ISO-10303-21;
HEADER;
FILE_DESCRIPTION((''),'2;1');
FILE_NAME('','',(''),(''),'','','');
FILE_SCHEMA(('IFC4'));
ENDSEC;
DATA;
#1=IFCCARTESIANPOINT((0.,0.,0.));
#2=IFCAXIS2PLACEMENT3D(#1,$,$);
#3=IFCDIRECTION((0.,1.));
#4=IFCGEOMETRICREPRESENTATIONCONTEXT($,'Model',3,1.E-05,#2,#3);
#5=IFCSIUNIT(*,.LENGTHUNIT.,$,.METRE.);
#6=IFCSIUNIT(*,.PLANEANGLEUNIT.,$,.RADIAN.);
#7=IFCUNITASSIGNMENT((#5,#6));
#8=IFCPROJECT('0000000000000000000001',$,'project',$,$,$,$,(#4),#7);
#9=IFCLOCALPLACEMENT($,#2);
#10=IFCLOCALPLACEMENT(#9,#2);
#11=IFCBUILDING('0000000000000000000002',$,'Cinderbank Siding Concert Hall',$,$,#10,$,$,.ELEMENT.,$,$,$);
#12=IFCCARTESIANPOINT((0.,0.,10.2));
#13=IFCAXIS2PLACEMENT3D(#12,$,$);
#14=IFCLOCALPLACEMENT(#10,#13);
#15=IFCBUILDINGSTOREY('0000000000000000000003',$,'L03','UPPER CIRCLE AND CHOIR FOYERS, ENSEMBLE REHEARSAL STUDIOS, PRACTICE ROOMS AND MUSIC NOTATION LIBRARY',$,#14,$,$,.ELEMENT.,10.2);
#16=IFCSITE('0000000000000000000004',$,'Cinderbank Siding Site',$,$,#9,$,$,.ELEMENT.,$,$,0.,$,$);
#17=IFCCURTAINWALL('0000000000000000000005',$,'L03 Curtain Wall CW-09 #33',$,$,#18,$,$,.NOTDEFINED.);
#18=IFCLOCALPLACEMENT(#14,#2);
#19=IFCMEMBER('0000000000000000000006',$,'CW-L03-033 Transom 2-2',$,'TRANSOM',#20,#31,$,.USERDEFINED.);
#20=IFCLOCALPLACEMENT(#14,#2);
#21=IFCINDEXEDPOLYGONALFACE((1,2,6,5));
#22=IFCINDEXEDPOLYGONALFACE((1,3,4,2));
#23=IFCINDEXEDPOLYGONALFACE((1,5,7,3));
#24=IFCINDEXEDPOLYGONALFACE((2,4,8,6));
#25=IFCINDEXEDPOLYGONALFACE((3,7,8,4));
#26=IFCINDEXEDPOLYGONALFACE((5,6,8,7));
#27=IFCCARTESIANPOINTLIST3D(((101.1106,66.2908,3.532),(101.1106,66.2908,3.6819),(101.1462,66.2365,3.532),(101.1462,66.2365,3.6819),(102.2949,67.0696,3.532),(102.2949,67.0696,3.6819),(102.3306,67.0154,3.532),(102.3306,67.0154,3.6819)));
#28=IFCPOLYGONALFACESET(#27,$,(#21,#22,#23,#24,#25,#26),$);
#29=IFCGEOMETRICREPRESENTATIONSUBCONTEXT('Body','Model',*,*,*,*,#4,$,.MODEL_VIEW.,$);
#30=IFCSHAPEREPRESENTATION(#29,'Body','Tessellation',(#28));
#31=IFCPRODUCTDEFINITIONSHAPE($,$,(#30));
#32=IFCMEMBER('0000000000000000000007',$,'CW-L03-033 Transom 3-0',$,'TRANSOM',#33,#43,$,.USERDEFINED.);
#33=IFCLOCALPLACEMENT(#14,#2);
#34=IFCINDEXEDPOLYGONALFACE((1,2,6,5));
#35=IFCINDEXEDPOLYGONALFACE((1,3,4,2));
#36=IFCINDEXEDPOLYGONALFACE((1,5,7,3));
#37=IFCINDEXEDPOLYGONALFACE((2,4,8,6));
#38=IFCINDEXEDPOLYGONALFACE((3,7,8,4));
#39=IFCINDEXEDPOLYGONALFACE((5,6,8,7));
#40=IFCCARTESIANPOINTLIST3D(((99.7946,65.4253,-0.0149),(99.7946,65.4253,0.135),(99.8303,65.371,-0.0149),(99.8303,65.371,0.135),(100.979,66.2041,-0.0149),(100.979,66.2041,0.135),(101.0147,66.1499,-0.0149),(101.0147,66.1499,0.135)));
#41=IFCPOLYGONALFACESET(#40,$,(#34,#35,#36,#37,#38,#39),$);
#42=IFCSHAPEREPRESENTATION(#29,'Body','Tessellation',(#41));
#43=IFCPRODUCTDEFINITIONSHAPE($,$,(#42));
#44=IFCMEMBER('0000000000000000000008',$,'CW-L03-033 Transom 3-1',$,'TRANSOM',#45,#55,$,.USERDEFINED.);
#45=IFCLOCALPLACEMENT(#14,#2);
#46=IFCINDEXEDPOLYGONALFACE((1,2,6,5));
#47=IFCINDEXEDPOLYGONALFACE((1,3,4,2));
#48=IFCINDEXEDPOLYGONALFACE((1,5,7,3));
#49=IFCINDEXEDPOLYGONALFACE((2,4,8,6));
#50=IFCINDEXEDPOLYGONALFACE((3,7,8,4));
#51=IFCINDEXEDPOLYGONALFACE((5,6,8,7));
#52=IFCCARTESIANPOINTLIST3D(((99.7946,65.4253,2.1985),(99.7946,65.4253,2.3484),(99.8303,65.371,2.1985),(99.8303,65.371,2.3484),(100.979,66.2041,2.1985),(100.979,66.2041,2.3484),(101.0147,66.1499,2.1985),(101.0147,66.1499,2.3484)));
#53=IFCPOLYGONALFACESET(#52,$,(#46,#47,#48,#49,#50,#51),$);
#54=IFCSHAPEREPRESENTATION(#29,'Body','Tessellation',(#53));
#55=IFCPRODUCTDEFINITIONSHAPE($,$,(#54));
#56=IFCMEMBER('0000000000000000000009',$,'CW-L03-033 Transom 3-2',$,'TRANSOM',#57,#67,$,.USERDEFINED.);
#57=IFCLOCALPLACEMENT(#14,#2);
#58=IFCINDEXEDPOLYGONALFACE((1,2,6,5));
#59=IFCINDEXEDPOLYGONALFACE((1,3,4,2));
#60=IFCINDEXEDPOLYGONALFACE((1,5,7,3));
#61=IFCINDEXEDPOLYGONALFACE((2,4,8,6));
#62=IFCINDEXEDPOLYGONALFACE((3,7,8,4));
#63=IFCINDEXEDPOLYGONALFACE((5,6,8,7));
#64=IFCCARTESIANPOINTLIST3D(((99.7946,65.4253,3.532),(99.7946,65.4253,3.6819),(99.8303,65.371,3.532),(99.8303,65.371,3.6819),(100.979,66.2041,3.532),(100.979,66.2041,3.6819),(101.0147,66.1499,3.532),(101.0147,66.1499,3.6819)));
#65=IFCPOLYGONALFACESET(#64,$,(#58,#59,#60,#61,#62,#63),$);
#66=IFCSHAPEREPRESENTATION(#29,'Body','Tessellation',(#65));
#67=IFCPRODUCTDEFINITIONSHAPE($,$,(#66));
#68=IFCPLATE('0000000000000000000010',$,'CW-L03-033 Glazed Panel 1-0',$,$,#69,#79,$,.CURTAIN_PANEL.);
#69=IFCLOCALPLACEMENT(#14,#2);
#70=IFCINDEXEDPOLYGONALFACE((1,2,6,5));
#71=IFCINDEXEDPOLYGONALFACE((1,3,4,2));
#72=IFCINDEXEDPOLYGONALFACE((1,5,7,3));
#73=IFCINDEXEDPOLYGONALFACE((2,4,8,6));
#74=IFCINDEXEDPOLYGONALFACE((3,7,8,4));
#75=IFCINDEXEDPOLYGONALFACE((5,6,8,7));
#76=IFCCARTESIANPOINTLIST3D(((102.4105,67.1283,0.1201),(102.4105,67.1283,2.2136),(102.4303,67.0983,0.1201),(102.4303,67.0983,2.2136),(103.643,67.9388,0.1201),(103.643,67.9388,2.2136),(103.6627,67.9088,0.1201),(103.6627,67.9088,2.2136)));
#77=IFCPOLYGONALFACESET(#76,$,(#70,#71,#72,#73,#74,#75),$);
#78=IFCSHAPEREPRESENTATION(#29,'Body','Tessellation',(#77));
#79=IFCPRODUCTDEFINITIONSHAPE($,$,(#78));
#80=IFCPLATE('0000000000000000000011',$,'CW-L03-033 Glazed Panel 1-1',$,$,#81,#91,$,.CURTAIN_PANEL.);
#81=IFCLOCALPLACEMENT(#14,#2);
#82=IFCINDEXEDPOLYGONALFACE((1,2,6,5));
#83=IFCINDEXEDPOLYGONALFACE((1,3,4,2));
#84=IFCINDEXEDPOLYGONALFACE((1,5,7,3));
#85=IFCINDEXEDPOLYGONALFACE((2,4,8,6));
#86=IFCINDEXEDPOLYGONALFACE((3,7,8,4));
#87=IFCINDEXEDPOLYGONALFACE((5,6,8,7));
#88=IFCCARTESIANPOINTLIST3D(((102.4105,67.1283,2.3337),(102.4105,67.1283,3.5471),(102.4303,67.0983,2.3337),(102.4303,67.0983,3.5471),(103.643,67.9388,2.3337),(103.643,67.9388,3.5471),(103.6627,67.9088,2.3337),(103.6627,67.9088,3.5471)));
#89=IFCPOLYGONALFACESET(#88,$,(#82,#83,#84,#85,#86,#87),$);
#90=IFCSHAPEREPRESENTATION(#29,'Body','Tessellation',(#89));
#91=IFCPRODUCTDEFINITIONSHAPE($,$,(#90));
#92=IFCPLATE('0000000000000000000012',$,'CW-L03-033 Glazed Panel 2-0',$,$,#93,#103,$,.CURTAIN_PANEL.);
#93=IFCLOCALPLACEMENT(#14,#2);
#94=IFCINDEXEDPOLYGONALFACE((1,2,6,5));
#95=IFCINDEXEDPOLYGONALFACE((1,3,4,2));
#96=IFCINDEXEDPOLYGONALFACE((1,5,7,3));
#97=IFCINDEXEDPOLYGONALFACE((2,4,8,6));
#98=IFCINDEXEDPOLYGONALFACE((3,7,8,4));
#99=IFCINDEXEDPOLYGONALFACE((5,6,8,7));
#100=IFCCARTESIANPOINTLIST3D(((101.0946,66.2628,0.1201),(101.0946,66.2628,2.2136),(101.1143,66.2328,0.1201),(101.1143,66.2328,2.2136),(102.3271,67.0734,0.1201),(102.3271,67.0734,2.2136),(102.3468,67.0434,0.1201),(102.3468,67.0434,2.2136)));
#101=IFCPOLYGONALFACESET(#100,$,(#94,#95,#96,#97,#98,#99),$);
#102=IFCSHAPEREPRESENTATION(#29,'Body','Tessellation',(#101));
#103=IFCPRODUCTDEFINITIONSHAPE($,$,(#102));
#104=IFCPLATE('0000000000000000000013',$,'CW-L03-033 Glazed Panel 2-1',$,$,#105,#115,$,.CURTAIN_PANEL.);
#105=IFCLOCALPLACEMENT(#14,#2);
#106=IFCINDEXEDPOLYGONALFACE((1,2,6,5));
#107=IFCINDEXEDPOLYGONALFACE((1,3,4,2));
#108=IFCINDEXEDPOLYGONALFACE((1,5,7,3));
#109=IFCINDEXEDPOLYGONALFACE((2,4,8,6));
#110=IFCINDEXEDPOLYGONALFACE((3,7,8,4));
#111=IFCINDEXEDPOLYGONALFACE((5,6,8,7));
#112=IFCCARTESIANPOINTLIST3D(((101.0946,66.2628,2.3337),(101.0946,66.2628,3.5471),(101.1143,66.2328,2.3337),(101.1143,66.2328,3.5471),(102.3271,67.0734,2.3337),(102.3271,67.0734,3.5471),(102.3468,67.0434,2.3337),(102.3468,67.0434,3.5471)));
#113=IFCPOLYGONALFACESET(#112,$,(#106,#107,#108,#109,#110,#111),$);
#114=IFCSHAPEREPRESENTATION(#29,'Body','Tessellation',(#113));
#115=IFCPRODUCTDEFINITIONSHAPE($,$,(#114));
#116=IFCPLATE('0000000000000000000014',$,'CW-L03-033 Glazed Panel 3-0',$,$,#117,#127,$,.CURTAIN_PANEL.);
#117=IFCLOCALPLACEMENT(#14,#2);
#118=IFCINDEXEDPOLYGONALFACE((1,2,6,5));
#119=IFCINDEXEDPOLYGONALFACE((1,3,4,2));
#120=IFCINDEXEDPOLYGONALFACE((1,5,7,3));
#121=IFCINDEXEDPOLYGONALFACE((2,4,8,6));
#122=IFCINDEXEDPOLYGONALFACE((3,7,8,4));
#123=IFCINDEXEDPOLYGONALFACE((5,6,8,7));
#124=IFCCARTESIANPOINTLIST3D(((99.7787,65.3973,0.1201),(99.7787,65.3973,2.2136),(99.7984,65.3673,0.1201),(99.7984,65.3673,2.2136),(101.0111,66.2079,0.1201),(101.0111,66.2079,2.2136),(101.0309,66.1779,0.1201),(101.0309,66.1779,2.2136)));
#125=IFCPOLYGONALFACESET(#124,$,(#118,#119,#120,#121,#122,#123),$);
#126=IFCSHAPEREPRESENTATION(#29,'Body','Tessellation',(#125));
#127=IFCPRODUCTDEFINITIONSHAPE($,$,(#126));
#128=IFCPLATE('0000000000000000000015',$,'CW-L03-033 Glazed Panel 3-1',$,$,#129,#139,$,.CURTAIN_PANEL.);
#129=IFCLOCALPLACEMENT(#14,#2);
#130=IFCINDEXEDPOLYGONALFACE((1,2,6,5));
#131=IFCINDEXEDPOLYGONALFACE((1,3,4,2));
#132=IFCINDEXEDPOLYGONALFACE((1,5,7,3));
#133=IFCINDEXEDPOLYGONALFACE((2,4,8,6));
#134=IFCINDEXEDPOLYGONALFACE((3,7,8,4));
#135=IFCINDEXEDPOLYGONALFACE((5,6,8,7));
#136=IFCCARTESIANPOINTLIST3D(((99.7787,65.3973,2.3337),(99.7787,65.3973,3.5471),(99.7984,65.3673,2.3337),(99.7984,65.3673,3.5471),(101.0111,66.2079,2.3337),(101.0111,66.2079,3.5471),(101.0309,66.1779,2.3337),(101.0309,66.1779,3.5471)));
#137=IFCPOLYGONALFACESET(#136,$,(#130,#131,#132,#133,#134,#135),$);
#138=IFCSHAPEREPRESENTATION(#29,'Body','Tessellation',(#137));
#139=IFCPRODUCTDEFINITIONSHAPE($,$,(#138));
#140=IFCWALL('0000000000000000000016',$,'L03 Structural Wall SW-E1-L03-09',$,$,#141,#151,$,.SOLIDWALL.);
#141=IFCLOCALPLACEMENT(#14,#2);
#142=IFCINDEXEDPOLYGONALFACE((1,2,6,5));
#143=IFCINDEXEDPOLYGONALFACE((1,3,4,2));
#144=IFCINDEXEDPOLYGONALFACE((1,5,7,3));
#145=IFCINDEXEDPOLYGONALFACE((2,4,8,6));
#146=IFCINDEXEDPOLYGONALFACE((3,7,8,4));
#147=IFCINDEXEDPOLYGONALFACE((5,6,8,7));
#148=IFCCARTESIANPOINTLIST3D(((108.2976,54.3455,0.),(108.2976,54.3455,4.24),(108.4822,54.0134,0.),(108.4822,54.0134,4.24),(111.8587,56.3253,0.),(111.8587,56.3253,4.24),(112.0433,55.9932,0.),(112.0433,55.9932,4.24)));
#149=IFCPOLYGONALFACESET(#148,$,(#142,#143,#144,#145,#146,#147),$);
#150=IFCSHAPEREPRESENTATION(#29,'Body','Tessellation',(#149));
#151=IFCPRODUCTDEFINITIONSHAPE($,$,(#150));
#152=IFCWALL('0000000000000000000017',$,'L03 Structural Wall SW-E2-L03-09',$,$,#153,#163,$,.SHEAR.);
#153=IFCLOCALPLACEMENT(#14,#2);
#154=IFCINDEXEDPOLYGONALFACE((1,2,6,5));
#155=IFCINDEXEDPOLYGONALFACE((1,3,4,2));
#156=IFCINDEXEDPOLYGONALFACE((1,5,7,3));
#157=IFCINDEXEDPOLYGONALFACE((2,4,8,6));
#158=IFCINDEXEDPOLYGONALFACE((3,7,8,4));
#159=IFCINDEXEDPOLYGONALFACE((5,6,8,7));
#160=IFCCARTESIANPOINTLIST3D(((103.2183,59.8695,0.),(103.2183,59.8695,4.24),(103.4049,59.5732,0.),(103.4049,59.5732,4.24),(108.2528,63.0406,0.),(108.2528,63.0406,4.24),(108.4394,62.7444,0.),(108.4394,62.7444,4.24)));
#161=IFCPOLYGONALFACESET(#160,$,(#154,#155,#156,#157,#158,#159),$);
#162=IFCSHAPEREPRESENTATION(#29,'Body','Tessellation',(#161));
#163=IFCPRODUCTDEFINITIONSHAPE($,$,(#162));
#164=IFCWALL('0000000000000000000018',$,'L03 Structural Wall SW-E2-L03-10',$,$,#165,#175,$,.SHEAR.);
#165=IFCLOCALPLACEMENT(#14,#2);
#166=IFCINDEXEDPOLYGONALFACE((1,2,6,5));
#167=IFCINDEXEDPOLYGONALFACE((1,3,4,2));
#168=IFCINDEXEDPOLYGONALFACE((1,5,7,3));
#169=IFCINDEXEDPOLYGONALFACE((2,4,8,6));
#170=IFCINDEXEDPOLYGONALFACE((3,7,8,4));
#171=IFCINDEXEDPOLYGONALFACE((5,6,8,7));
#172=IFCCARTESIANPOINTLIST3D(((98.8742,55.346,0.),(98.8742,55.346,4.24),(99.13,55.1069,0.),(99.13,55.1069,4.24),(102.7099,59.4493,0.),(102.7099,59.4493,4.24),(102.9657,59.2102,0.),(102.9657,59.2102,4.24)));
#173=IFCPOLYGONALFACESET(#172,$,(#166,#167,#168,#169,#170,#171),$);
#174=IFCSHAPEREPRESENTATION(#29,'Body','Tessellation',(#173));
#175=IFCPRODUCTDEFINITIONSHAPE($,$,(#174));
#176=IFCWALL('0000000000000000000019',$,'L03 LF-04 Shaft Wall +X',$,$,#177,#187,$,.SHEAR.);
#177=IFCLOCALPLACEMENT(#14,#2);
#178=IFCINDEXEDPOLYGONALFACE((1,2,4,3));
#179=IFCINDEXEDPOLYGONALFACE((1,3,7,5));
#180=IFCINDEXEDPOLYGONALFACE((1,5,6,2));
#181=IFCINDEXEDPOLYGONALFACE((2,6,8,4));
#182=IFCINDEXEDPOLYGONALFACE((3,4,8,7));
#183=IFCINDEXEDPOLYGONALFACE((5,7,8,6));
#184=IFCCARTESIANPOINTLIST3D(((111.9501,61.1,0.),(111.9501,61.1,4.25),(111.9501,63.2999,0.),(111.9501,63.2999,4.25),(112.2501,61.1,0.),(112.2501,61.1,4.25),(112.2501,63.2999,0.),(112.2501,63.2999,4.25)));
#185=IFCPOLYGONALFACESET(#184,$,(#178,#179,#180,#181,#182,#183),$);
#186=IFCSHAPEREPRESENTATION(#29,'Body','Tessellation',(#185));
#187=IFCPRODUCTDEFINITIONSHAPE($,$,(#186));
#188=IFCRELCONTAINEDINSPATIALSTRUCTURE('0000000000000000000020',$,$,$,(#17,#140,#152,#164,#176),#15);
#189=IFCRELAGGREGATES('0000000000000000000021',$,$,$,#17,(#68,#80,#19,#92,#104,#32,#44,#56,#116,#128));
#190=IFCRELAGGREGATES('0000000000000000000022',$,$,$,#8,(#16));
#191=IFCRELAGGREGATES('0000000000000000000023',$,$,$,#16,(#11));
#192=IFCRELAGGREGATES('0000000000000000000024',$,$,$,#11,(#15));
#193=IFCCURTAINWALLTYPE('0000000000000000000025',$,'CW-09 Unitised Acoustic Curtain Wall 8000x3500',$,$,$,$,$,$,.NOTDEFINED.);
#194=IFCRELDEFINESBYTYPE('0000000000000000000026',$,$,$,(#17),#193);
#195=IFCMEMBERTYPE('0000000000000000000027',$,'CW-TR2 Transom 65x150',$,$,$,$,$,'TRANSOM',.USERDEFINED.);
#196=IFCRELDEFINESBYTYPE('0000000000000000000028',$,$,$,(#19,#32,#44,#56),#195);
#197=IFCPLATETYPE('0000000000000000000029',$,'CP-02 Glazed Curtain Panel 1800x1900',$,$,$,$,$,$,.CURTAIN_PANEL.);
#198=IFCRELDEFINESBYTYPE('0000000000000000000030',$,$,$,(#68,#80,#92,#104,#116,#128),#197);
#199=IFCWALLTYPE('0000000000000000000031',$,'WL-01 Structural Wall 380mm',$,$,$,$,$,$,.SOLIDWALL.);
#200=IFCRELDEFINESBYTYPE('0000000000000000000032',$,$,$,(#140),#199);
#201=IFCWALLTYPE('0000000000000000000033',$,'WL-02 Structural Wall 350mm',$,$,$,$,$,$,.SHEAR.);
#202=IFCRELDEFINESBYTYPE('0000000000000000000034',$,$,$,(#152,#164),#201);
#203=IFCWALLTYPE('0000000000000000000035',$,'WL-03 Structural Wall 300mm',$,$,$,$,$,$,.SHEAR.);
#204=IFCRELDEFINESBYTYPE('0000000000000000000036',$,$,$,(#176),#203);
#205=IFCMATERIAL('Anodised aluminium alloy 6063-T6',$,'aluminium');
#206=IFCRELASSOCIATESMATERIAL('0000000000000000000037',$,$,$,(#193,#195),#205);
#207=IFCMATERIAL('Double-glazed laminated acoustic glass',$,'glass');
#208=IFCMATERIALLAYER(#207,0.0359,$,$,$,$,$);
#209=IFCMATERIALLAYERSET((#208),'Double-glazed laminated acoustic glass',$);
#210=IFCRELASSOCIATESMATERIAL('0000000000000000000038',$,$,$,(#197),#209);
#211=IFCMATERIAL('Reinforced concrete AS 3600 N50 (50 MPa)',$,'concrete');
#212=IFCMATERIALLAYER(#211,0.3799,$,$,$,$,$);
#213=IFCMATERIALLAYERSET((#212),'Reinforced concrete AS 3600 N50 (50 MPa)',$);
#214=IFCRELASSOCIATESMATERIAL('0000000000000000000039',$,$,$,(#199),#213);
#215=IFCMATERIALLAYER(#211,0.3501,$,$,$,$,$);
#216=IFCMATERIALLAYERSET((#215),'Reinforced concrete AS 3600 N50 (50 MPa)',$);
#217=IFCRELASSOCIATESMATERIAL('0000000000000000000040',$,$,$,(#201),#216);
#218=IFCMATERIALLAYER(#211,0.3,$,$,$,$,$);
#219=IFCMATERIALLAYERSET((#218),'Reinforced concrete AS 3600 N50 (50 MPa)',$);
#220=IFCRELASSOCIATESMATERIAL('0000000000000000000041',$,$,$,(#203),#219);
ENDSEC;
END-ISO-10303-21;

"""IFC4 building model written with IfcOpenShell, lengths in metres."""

from ifc_helpers import new_model, si_unit, direction, frame, frame_2d, origin, origin_2d, place, context, subcontext, project, spatial, rectangle, extrude, material, layer, layer_set, material_profile, profile_set, type_object, element, aggregate, save


model = new_model("IFC4")

# Units and contexts
model_context = context("Model", 3, precision=1e-05, world=origin(), true_north=direction((0.0, 1.0)))
body_context = subcontext(model_context, "Body", "Model", "MODEL_VIEW")
ifc_project = project(units=[si_unit("LENGTHUNIT", "METRE"), si_unit("PLANEANGLEUNIT", "RADIAN")], contexts=[model_context])

# Site, building, storey
site_placement = place(None, origin())
site = spatial("IfcSite", under=ifc_project, at=site_placement, Name="Cinderbank Siding Site", CompositionType="ELEMENT", RefElevation=0.0)
building_placement = place(site_placement, origin())
building = spatial("IfcBuilding", under=site, at=building_placement, Name="Cinderbank Siding Concert Hall", CompositionType="ELEMENT")
storey_placement = place(building_placement, frame((0.0, 0.0, 10.2)))
storey = spatial("IfcBuildingStorey", under=building, at=storey_placement, Name="L03", Description="UPPER CIRCLE AND CHOIR FOYERS, ENSEMBLE REHEARSAL STUDIOS, PRACTICE ROOMS AND MUSIC NOTATION LIBRARY", CompositionType="ELEMENT", Elevation=10.2)

# Shared definitions
ifc_material_1 = material(Name="Reinforced concrete AS 3600 N50 (50 MPa)", Category="concrete")

# Curtain wall, members, plates
ifc_material_2 = material(Name="Anodised aluminium alloy 6063-T6", Category="aluminium")
curtain_wall_type = type_object("IfcCurtainWallType", Name="CW-09 Unitised Acoustic Curtain Wall 8000x3500", PredefinedType="NOTDEFINED", material=ifc_material_2)
curtain_wall_placement = place(storey_placement, origin())
curtain_wall = element("IfcCurtainWall", 1, at=curtain_wall_placement, inside=storey, type_object=curtain_wall_type, Name="L03 Curtain Wall CW-09 #33", PredefinedType="NOTDEFINED")
ifc_material_profile_1 = material_profile(ifc_material_2, rectangle(XDim=0.0649, YDim=0.1499, at=origin_2d()), Name="ALU-TRAN-65x150", Category="LoadBearing")
ifc_profile_set_1 = profile_set([ifc_material_profile_1], Name="Anodised aluminium alloy 6063-T6")
member_type_1 = type_object("IfcMemberType", Name="CW-TR2 Transom 65x150", ElementType="TRANSOM", PredefinedType="USERDEFINED", material=ifc_profile_set_1)
member_1_placement = place(storey_placement, frame((102.3127, 67.0425, 3.6069), z_axis=(-0.835532, -0.549443, 0.0), x_axis=(0.549443, -0.835532, 0.0)))
member_1 = element("IfcMember", 2, at=member_1_placement, type_object=member_type_1, Name="CW-L03-033 Transom 2-2", ObjectType="TRANSOM", PredefinedType="USERDEFINED", context=body_context, shape_type="SweptSolid", body=[
    extrude(rectangle(XDim=0.0649, YDim=0.1499, at=origin_2d()), origin(), (0.0, 0.0, 1.0), 1.4175),
])
member_2_placement = place(storey_placement, frame((100.9968, 66.177, 0.0601), z_axis=(-0.835532, -0.549443, 0.0), x_axis=(0.549443, -0.835532, 0.0)))
member_2 = element("IfcMember", 3, at=member_2_placement, type_object=member_type_1, Name="CW-L03-033 Transom 3-0", ObjectType="TRANSOM", PredefinedType="USERDEFINED", context=body_context, shape_type="SweptSolid", body=[
    extrude(rectangle(XDim=0.0649, YDim=0.1499, at=origin_2d()), origin(), (0.0, 0.0, 1.0), 1.4175),
])
member_3_placement = place(storey_placement, frame((100.9968, 66.177, 2.2734), z_axis=(-0.835532, -0.549443, 0.0), x_axis=(0.549443, -0.835532, 0.0)))
member_3 = element("IfcMember", 4, at=member_3_placement, type_object=member_type_1, Name="CW-L03-033 Transom 3-1", ObjectType="TRANSOM", PredefinedType="USERDEFINED", context=body_context, shape_type="SweptSolid", body=[
    extrude(rectangle(XDim=0.0649, YDim=0.1499, at=origin_2d()), origin(), (0.0, 0.0, 1.0), 1.4175),
])
member_4_placement = place(storey_placement, frame((100.9968, 66.177, 3.6069), z_axis=(-0.835532, -0.549443, 0.0), x_axis=(0.549443, -0.835532, 0.0)))
member_4 = element("IfcMember", 5, at=member_4_placement, type_object=member_type_1, Name="CW-L03-033 Transom 3-2", ObjectType="TRANSOM", PredefinedType="USERDEFINED", context=body_context, shape_type="SweptSolid", body=[
    extrude(rectangle(XDim=0.0649, YDim=0.1499, at=origin_2d()), origin(), (0.0, 0.0, 1.0), 1.4175),
])
ifc_material_3 = material(Name="Double-glazed laminated acoustic glass", Category="glass")
ifc_layer_1 = layer(ifc_material_3, 0.0359)
ifc_layer_set_1 = layer_set([ifc_layer_1], Name="Double-glazed laminated acoustic glass")
plate_type = type_object("IfcPlateType", Name="CP-02 Glazed Curtain Panel 1800x1900", PredefinedType="CURTAIN_PANEL", material=ifc_layer_set_1)
plate_1_placement = place(storey_placement, frame((103.0366, 67.5186, 0.1201), z_axis=(0.0, 0.0, 1.0), x_axis=(-0.835492, -0.549503, 0.0)))
plate_1 = element("IfcPlate", 6, at=plate_1_placement, type_object=plate_type, Name="CW-L03-033 Glazed Panel 1-0", PredefinedType="CURTAIN_PANEL", context=body_context, shape_type="SweptSolid", body=[
    extrude(rectangle(XDim=1.4751, YDim=0.0359, at=origin_2d()), origin(), (0.0, 0.0, 1.0), 2.0935),
])
plate_2_placement = place(storey_placement, frame((103.0366, 67.5186, 2.3337), z_axis=(0.0, 0.0, 1.0), x_axis=(-0.835492, -0.549503, 0.0)))
plate_2 = element("IfcPlate", 7, at=plate_2_placement, type_object=plate_type, Name="CW-L03-033 Glazed Panel 1-1", PredefinedType="CURTAIN_PANEL", context=body_context, shape_type="SweptSolid", body=[
    extrude(rectangle(XDim=1.4751, YDim=0.0359, at=origin_2d()), origin(), (0.0, 0.0, 1.0), 1.2134),
])
plate_3_placement = place(storey_placement, frame((101.7207, 66.6531, 0.1201), z_axis=(0.0, 0.0, 1.0), x_axis=(-0.835492, -0.549503, 0.0)))
plate_3 = element("IfcPlate", 8, at=plate_3_placement, type_object=plate_type, Name="CW-L03-033 Glazed Panel 2-0", PredefinedType="CURTAIN_PANEL", context=body_context, shape_type="SweptSolid", body=[
    extrude(rectangle(XDim=1.4751, YDim=0.0359, at=origin_2d()), origin(), (0.0, 0.0, 1.0), 2.0935),
])
plate_4_placement = place(storey_placement, frame((101.7207, 66.6531, 2.3337), z_axis=(0.0, 0.0, 1.0), x_axis=(-0.835492, -0.549503, 0.0)))
plate_4 = element("IfcPlate", 9, at=plate_4_placement, type_object=plate_type, Name="CW-L03-033 Glazed Panel 2-1", PredefinedType="CURTAIN_PANEL", context=body_context, shape_type="SweptSolid", body=[
    extrude(rectangle(XDim=1.4751, YDim=0.0359, at=origin_2d()), origin(), (0.0, 0.0, 1.0), 1.2134),
])
plate_5_placement = place(storey_placement, frame((100.4048, 65.7876, 0.1201), z_axis=(0.0, 0.0, 1.0), x_axis=(-0.835492, -0.549503, 0.0)))
plate_5 = element("IfcPlate", 10, at=plate_5_placement, type_object=plate_type, Name="CW-L03-033 Glazed Panel 3-0", PredefinedType="CURTAIN_PANEL", context=body_context, shape_type="SweptSolid", body=[
    extrude(rectangle(XDim=1.4751, YDim=0.0359, at=origin_2d()), origin(), (0.0, 0.0, 1.0), 2.0935),
])
plate_6_placement = place(storey_placement, frame((100.4048, 65.7876, 2.3337), z_axis=(0.0, 0.0, 1.0), x_axis=(-0.835492, -0.549503, 0.0)))
plate_6 = element("IfcPlate", 11, at=plate_6_placement, type_object=plate_type, Name="CW-L03-033 Glazed Panel 3-1", PredefinedType="CURTAIN_PANEL", context=body_context, shape_type="SweptSolid", body=[
    extrude(rectangle(XDim=1.4751, YDim=0.0359, at=origin_2d()), origin(), (0.0, 0.0, 1.0), 1.2134),
])
aggregate(curtain_wall, [plate_1, plate_2, member_1, plate_3, plate_4, member_2, member_3, member_4, plate_5, plate_6])

# Walls
ifc_layer_2 = layer(ifc_material_1, 0.3799)
ifc_layer_set_2 = layer_set([ifc_layer_2], Name="Reinforced concrete AS 3600 N50 (50 MPa)")
wall_type_1 = type_object("IfcWallType", Name="WL-01 Structural Wall 380mm", PredefinedType="SOLIDWALL", material=ifc_layer_set_2)
wall_1_placement = place(storey_placement, frame((111.9509, 56.1592, 0.0), z_axis=(0.0, 0.0, 1.0), x_axis=(-0.874013, -0.485902, 0.0)))
element("IfcWall", 12, at=wall_1_placement, inside=storey, type_object=wall_type_1, Name="L03 Structural Wall SW-E1-L03-09", PredefinedType="SOLIDWALL", context=body_context, shape_type="SweptSolid", body=[
    extrude(rectangle(XDim=4.0745, YDim=0.3799, at=frame_2d((2.0371, 0.0))), origin(), (0.0, 0.0, 1.0), 4.24),
])
ifc_layer_3 = layer(ifc_material_1, 0.3501)
ifc_layer_set_3 = layer_set([ifc_layer_3], Name="Reinforced concrete AS 3600 N50 (50 MPa)")
wall_type_2 = type_object("IfcWallType", Name="WL-02 Structural Wall 350mm", PredefinedType="SHEAR", material=ifc_layer_set_3)
wall_2_placement = place(storey_placement, frame((108.3462, 62.8926, 0.0), z_axis=(0.0, 0.0, 1.0), x_axis=(-0.846133, -0.532972, 0.0)))
element("IfcWall", 13, at=wall_2_placement, inside=storey, type_object=wall_type_2, Name="L03 Structural Wall SW-E2-L03-09", PredefinedType="SHEAR", context=body_context, shape_type="SweptSolid", body=[
    extrude(rectangle(XDim=5.95, YDim=0.3501, at=frame_2d((2.9751, 0.0))), origin(), (0.0, 0.0, 1.0), 4.24),
])
wall_3_placement = place(storey_placement, frame((102.8379, 59.3298, 0.0), z_axis=(0.0, 0.0, 1.0), x_axis=(-0.682886, -0.730525, 0.0)))
element("IfcWall", 14, at=wall_3_placement, inside=storey, type_object=wall_type_2, Name="L03 Structural Wall SW-E2-L03-10", PredefinedType="SHEAR", context=body_context, shape_type="SweptSolid", body=[
    extrude(rectangle(XDim=5.6169, YDim=0.3501, at=frame_2d((2.8086, 0.0))), origin(), (0.0, 0.0, 1.0), 4.24),
])

# Shared definitions
ifc_layer_4 = layer(ifc_material_1, 0.3)
ifc_layer_set_4 = layer_set([ifc_layer_4], Name="Reinforced concrete AS 3600 N50 (50 MPa)")
wall_type_3 = type_object("IfcWallType", Name="WL-03 Structural Wall 300mm", PredefinedType="SHEAR", material=ifc_layer_set_4)

# Wall
wall_4_placement = place(storey_placement, frame((112.1001, 63.3, 0.0), z_axis=(0.0, 0.0, 1.0), x_axis=(0.0, -1.0, 0.0)))
element("IfcWall", 15, at=wall_4_placement, inside=storey, type_object=wall_type_3, Name="L03 LF-04 Shaft Wall +X", PredefinedType="SHEAR", context=body_context, shape_type="SweptSolid", body=[
    extrude(rectangle(XDim=2.2, YDim=0.3, at=frame_2d((1.1001, 0.0))), origin(), (0.0, 0.0, 1.0), 4.25),
])

save(model, "model.ifc")
